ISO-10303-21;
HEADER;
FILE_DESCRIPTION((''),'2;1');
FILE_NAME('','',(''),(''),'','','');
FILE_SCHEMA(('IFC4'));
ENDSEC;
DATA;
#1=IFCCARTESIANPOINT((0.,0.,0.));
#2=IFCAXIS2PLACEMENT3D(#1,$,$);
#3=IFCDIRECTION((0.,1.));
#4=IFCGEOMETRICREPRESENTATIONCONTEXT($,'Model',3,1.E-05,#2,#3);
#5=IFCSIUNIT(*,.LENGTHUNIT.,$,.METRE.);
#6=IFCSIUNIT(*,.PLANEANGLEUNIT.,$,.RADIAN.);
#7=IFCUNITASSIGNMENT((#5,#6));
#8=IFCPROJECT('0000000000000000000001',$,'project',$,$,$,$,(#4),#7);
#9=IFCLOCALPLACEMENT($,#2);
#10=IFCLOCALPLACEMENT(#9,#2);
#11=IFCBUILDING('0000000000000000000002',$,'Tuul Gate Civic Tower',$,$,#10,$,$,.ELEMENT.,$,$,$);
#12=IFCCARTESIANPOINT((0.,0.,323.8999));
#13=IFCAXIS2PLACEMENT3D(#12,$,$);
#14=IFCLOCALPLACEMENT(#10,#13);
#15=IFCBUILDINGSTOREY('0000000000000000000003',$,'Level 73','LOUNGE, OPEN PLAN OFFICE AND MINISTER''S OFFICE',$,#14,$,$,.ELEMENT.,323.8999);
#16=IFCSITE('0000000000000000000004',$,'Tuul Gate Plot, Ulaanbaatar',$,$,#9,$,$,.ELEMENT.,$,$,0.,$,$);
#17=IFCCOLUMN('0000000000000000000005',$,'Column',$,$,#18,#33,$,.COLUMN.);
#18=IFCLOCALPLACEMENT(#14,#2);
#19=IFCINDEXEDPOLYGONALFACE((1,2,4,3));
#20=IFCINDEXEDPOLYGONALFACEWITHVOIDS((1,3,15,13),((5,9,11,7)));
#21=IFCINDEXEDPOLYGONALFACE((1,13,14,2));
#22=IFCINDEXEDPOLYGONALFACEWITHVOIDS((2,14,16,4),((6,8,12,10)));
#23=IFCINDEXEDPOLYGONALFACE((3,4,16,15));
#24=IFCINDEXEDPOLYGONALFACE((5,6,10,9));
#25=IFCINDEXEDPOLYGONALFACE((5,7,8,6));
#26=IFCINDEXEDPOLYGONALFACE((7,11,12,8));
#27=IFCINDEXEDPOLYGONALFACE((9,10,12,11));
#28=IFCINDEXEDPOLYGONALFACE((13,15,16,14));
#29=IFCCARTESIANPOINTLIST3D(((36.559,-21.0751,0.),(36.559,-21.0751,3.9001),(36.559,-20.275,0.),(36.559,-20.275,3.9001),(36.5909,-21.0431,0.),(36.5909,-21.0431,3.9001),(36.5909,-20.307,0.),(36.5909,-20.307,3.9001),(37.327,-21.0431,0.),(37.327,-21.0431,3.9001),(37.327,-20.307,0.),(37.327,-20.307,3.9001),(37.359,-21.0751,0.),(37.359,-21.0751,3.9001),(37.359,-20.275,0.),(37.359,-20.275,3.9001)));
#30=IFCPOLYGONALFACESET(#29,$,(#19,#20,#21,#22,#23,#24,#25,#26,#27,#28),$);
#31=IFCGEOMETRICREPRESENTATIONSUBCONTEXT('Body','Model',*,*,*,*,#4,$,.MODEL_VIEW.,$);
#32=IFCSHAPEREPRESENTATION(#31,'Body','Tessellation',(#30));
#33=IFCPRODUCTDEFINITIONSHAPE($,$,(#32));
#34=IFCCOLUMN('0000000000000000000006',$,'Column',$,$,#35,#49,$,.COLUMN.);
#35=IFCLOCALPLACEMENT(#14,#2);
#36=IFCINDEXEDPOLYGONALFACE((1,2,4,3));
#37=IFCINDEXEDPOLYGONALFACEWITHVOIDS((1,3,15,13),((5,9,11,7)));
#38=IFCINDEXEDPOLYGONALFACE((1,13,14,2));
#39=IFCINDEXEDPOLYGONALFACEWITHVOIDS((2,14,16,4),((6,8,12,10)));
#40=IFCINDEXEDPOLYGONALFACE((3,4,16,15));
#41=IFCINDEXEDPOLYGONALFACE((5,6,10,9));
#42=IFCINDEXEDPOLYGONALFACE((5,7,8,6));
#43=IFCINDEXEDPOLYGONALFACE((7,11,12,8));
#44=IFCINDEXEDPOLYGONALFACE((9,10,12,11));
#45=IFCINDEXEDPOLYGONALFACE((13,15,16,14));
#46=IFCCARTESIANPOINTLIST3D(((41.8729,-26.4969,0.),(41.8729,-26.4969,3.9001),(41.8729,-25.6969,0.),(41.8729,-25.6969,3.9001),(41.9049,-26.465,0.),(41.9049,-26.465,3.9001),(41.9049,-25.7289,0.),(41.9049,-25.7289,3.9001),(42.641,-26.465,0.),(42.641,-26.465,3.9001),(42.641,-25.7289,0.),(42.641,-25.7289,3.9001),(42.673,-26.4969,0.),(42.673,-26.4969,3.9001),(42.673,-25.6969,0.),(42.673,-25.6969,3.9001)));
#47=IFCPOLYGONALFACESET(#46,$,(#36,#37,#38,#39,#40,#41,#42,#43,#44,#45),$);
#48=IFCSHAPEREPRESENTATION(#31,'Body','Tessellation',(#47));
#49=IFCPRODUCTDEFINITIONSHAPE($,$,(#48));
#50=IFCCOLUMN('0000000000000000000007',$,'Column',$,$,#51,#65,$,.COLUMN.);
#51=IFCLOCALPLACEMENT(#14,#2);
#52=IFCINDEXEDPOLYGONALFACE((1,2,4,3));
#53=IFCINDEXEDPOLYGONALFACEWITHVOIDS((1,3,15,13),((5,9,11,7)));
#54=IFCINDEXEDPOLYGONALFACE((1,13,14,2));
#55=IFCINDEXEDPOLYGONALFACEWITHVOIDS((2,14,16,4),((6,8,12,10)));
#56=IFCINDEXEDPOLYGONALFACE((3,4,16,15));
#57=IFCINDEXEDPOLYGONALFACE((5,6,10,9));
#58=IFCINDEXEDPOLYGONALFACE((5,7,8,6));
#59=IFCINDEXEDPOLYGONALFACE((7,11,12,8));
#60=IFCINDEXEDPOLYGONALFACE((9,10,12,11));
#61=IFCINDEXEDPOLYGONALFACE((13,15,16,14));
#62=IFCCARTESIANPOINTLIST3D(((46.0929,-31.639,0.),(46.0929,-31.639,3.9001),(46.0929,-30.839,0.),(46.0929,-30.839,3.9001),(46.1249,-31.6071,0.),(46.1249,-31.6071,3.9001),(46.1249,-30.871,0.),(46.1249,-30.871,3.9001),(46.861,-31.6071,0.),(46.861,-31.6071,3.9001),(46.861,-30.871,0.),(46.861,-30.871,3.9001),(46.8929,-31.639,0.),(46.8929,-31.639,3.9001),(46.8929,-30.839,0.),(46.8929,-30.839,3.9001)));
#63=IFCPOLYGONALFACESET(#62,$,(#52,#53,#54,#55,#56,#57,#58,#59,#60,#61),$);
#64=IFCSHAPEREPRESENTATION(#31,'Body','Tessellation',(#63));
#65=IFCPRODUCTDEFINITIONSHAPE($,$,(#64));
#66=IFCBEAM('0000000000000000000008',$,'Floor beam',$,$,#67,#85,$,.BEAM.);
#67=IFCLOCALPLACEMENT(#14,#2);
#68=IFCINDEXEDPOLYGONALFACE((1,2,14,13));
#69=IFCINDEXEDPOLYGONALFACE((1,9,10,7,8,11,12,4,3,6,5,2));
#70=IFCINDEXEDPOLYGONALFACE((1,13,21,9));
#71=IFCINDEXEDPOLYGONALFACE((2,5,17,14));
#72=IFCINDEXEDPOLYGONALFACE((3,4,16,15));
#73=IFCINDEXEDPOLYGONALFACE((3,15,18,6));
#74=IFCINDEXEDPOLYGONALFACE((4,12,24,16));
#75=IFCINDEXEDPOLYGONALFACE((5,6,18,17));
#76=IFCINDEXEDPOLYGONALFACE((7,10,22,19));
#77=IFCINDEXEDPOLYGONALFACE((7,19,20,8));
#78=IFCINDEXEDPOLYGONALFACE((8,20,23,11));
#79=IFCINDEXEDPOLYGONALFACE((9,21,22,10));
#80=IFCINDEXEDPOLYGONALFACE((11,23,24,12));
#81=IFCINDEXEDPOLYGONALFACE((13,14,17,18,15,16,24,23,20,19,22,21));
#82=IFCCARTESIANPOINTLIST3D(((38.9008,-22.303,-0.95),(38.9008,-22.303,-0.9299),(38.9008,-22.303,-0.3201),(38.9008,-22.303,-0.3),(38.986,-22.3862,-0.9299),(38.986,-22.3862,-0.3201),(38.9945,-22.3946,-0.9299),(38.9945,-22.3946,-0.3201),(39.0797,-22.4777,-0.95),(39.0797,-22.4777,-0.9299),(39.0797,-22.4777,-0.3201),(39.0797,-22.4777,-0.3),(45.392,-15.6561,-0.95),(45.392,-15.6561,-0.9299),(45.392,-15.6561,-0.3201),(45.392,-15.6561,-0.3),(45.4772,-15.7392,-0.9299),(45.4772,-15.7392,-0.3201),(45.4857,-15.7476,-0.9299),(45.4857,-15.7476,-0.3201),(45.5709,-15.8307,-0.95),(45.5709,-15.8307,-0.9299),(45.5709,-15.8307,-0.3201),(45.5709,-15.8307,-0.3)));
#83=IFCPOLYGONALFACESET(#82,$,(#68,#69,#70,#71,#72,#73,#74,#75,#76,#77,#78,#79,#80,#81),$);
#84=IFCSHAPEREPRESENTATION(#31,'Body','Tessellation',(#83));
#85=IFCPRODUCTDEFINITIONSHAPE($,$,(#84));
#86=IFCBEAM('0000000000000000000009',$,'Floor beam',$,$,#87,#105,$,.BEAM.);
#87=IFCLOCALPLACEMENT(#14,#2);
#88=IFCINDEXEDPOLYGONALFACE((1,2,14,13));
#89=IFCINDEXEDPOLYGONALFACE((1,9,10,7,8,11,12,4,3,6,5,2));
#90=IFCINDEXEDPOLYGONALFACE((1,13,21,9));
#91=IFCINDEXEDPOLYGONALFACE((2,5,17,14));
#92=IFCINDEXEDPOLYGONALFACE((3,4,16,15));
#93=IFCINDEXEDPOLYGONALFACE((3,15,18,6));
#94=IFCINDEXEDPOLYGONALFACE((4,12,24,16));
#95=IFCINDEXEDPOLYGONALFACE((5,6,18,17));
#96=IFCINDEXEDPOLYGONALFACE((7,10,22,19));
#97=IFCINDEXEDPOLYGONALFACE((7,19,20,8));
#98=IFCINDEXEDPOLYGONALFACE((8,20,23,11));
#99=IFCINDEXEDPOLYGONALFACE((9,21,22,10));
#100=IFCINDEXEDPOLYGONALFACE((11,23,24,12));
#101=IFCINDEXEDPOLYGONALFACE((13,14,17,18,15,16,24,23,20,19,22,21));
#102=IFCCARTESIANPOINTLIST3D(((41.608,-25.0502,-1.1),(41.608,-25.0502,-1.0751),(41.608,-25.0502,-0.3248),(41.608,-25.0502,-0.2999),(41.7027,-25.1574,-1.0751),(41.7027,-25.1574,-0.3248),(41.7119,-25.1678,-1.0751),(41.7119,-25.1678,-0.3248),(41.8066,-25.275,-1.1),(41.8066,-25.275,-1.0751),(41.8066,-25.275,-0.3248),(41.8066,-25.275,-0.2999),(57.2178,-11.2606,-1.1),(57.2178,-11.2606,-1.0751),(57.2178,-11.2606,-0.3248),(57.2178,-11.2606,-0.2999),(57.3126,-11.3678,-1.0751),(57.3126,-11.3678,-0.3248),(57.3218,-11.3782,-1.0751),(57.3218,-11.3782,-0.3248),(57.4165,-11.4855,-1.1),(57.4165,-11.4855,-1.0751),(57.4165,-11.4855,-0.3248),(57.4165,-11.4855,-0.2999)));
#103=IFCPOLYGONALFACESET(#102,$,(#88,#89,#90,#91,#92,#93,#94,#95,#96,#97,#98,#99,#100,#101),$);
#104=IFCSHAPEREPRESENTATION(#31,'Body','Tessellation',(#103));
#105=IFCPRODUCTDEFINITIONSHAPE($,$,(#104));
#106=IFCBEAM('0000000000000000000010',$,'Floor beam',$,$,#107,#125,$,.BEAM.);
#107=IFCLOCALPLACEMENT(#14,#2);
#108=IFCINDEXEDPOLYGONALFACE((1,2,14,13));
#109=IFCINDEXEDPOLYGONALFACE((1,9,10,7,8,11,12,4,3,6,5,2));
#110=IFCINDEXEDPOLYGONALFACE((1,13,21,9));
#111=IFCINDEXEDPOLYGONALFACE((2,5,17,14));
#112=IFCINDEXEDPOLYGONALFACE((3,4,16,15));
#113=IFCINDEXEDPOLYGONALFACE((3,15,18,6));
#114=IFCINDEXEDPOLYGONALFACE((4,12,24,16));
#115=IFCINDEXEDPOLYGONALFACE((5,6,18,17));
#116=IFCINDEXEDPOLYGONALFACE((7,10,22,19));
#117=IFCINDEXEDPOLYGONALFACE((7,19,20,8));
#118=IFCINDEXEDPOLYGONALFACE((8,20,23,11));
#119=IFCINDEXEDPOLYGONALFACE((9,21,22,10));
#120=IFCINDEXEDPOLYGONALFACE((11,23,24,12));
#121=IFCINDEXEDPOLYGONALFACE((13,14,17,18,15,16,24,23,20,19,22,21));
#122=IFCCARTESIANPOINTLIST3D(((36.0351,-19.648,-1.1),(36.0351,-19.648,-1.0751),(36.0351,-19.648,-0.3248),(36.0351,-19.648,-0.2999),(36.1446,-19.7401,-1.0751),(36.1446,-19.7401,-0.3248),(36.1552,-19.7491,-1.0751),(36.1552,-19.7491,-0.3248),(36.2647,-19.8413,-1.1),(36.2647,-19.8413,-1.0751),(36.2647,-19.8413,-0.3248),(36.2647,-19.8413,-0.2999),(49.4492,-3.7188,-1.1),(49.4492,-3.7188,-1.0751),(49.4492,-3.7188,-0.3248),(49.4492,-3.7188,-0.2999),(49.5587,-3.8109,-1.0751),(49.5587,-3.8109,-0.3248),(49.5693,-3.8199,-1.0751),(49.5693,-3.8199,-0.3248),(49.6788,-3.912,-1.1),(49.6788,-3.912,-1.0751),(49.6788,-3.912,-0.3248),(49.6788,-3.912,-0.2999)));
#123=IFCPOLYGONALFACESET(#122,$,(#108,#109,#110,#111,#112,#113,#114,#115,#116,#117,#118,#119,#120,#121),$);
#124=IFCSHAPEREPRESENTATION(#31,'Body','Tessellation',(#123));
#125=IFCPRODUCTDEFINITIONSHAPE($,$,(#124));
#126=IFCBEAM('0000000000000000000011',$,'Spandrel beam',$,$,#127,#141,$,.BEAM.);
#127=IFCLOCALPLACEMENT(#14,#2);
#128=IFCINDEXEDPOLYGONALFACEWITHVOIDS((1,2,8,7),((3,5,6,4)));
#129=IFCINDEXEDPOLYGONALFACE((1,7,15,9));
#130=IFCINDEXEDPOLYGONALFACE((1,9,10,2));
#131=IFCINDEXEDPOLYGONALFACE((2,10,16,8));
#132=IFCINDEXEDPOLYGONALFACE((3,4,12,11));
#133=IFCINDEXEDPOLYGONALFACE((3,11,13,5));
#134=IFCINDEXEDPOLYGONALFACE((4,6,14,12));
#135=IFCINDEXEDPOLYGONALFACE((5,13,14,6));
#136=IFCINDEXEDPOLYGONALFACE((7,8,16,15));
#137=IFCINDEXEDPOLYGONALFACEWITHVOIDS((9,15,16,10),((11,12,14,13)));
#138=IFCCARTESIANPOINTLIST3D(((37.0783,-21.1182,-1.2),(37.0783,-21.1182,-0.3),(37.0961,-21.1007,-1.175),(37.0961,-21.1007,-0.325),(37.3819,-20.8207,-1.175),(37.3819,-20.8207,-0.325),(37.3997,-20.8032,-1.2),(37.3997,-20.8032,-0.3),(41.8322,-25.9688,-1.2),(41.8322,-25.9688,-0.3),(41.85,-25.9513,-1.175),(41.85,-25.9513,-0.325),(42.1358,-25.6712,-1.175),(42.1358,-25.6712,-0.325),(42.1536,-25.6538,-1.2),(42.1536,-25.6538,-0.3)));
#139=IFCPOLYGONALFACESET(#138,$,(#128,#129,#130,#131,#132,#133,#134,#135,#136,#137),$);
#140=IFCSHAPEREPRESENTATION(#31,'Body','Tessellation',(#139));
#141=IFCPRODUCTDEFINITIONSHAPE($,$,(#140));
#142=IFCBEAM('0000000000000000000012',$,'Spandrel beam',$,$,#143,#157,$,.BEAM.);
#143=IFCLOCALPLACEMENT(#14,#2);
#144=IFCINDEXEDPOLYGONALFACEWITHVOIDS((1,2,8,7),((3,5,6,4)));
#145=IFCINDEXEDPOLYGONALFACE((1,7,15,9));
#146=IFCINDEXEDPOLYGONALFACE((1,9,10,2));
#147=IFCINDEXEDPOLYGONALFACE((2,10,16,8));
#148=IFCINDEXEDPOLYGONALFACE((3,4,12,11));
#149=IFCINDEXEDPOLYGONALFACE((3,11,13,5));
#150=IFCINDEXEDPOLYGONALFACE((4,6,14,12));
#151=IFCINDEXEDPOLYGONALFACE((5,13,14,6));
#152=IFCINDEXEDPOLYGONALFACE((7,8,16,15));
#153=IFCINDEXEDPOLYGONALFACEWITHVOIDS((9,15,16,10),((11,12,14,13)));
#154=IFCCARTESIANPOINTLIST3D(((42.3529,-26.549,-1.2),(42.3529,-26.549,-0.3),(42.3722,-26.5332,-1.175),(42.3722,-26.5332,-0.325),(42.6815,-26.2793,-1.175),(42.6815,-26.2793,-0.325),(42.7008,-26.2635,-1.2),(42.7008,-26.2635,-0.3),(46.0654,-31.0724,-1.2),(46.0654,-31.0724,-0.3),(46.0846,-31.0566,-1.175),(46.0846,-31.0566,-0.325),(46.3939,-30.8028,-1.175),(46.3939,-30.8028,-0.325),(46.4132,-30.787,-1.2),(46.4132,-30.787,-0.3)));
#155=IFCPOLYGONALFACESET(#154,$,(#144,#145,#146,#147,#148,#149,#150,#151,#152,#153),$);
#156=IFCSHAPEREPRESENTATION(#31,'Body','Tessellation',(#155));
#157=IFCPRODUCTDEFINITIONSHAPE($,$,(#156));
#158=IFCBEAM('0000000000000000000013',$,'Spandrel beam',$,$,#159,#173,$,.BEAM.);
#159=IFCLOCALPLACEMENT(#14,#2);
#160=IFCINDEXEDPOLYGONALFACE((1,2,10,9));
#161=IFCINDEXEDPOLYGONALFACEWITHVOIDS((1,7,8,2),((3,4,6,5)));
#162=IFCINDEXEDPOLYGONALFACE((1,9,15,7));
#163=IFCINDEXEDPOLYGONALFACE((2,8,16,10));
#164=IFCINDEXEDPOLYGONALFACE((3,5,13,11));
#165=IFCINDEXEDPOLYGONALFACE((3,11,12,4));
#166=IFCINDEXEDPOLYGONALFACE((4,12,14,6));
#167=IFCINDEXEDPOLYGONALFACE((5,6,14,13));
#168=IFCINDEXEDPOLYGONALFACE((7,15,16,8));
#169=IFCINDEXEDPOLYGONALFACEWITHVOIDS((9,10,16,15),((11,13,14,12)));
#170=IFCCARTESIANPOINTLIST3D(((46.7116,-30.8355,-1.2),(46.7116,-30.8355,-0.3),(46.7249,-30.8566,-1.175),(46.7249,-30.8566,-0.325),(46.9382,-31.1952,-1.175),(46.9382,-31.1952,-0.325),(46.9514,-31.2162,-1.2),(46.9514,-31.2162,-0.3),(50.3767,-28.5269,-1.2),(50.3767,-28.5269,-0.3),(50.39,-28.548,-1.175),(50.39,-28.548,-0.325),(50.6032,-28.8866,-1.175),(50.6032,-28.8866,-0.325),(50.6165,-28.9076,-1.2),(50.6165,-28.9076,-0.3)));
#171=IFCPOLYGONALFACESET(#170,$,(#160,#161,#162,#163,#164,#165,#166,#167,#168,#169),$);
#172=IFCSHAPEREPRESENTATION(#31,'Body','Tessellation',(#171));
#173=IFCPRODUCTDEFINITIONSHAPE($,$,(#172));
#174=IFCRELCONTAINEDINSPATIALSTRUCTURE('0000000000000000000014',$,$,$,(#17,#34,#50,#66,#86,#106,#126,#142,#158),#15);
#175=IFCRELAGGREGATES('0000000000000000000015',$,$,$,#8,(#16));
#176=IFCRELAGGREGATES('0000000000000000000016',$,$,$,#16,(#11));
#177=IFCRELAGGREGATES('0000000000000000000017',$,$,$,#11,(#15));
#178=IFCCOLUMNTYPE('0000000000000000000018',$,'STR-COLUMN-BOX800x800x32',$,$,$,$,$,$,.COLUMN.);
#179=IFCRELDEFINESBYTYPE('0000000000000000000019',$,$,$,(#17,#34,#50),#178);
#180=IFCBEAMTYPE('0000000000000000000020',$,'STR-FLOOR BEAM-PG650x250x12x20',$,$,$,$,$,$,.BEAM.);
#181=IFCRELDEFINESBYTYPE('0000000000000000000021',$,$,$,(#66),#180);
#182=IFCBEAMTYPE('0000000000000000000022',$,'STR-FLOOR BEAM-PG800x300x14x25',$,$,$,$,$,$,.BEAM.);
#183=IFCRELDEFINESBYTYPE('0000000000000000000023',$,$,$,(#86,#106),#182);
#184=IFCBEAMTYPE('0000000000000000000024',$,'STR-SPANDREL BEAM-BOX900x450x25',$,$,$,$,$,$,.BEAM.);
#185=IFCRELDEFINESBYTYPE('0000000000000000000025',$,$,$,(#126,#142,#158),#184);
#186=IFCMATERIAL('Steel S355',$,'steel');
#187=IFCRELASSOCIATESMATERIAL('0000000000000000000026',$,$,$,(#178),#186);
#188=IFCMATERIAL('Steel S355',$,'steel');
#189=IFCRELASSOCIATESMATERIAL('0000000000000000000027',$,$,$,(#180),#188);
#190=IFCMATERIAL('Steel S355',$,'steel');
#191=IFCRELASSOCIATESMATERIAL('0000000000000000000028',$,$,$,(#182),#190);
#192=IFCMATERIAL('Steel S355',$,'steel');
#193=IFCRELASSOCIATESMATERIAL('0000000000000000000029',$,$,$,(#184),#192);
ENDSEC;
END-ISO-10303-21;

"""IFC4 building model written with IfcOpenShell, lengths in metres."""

from ifc_helpers import new_model, si_unit, direction, frame, origin, origin_2d, place, context, subcontext, project, spatial, hollow_rectangle, i_section, extrude, material, material_profile, profile_set, type_object, element, save


model = new_model("IFC4")

# Units and contexts
model_context = context("Model", 3, precision=1e-05, world=origin(), true_north=direction((0.0, 1.0)))
body_context = subcontext(model_context, "Body", "Model", "MODEL_VIEW")
ifc_project = project(units=[si_unit("LENGTHUNIT", "METRE"), si_unit("PLANEANGLEUNIT", "RADIAN")], contexts=[model_context])

# Site, building, storey
site_placement = place(None, origin())
site = spatial("IfcSite", under=ifc_project, at=site_placement, Name="Tuul Gate Plot, Ulaanbaatar", CompositionType="ELEMENT", RefElevation=0.0)
building_placement = place(site_placement, origin())
building = spatial("IfcBuilding", under=site, at=building_placement, Name="Tuul Gate Civic Tower", CompositionType="ELEMENT")
storey_placement = place(building_placement, frame((0.0, 0.0, 323.8999)))
storey = spatial("IfcBuildingStorey", under=building, at=storey_placement, Name="Level 73", Description="LOUNGE, OPEN PLAN OFFICE AND MINISTER'S OFFICE", CompositionType="ELEMENT", Elevation=323.8999)

# Columns
ifc_material_1 = material(Name="Steel S355", Category="steel")
ifc_material_profile_1 = material_profile(ifc_material_1, hollow_rectangle(XDim=0.8, YDim=0.8, WallThickness=0.032, at=origin_2d()), Name="BOX800x800x32")
ifc_profile_set_1 = profile_set([ifc_material_profile_1], Name="Steel S355")
column_type = type_object("IfcColumnType", Name="STR-COLUMN-BOX800x800x32", PredefinedType="COLUMN", material=ifc_profile_set_1)
for number, where, z_axis, x_axis, name in (
    (1, (36.959, -20.675, 0.0), (0.0, 0.0, 1.0), (1.0, 0.0, 0.0), "Column"),
    (2, (42.2729, -26.0969, 0.0), (0.0, 0.0, 1.0), (1.0, 0.0, 0.0), "Column"),
    (3, (46.4929, -31.239, 0.0), (0.0, 0.0, 1.0), (1.0, 0.0, 0.0), "Column"),
):
    element("IfcColumn", number, at=place(storey_placement, frame(where, z_axis=z_axis, x_axis=x_axis)), inside=storey, type_object=column_type, Name=name, PredefinedType="COLUMN", context=body_context, shape_type="SweptSolid", body=[
        extrude(hollow_rectangle(XDim=0.8, YDim=0.8, WallThickness=0.032, at=origin_2d()), origin(), (0.0, 0.0, 1.0), 3.9001),
    ])

# Beams
ifc_material_2 = material(Name="Steel S355", Category="steel")
ifc_material_profile_2 = material_profile(ifc_material_2, i_section(OverallWidth=0.25, OverallDepth=0.6499, WebThickness=0.012, FlangeThickness=0.02, at=origin_2d()), Name="PG650x250x12x20")
ifc_profile_set_2 = profile_set([ifc_material_profile_2], Name="Steel S355")
beam_type_1 = type_object("IfcBeamType", Name="STR-FLOOR BEAM-PG650x250x12x20", PredefinedType="BEAM", material=ifc_profile_set_2)
beam_1_placement = place(storey_placement, frame((38.9902, -22.3904, -0.625), z_axis=(0.698674, 0.71544, 0.0), x_axis=(-0.71544, 0.698674, 0.0)))
element("IfcBeam", 4, at=beam_1_placement, inside=storey, type_object=beam_type_1, Name="Floor beam", PredefinedType="BEAM", context=body_context, shape_type="SweptSolid", body=[
    extrude(i_section(OverallWidth=0.25, OverallDepth=0.6499, WebThickness=0.012, FlangeThickness=0.02, at=origin_2d()), origin(), (0.0, 0.0, 1.0), 9.2908),
])
ifc_material_3 = material(Name="Steel S355", Category="steel")
ifc_material_profile_3 = material_profile(ifc_material_3, i_section(OverallWidth=0.3, OverallDepth=0.8, WebThickness=0.0139, FlangeThickness=0.0249, at=origin_2d()), Name="PG800x300x14x25")
ifc_profile_set_3 = profile_set([ifc_material_profile_3], Name="Steel S355")
beam_type_2 = type_object("IfcBeamType", Name="STR-FLOOR BEAM-PG800x300x14x25", PredefinedType="BEAM", material=ifc_profile_set_3)
beam_2_placement = place(storey_placement, frame((41.7073, -25.1626, -0.7), z_axis=(0.749453, 0.662057, 0.0), x_axis=(-0.662057, 0.749453, 0.0)))
element("IfcBeam", 5, at=beam_2_placement, inside=storey, type_object=beam_type_2, Name="Floor beam", PredefinedType="BEAM", context=body_context, shape_type="SweptSolid", body=[
    extrude(i_section(OverallWidth=0.3, OverallDepth=0.8, WebThickness=0.0139, FlangeThickness=0.0249, at=origin_2d()), origin(), (0.0, 0.0, 1.0), 20.8284),
])
beam_3_placement = place(storey_placement, frame((36.1499, -19.7446, -0.7), z_axis=(0.644136, 0.764911, 0.0), x_axis=(-0.764911, 0.644136, 0.0)))
element("IfcBeam", 6, at=beam_3_placement, inside=storey, type_object=beam_type_2, Name="Floor beam", PredefinedType="BEAM", context=body_context, shape_type="SweptSolid", body=[
    extrude(i_section(OverallWidth=0.3, OverallDepth=0.8, WebThickness=0.0139, FlangeThickness=0.0249, at=origin_2d()), origin(), (0.0, 0.0, 1.0), 20.825),
])
ifc_material_4 = material(Name="Steel S355", Category="steel")
ifc_material_profile_4 = material_profile(ifc_material_4, hollow_rectangle(XDim=0.45, YDim=0.8999, WallThickness=0.0249, at=origin_2d()), Name="BOX900x450x25")
ifc_profile_set_4 = profile_set([ifc_material_profile_4], Name="Steel S355")
beam_type_3 = type_object("IfcBeamType", Name="STR-SPANDREL BEAM-BOX900x450x25", PredefinedType="BEAM", material=ifc_profile_set_4)
beam_4_placement = place(storey_placement, frame((37.239, -20.9607, -0.75), z_axis=(0.699954, -0.714188, 0.0), x_axis=(0.714188, 0.699954, 0.0)))
element("IfcBeam", 7, at=beam_4_placement, inside=storey, type_object=beam_type_3, Name="Spandrel beam", PredefinedType="BEAM", context=body_context, shape_type="SweptSolid", body=[
    extrude(hollow_rectangle(XDim=0.45, YDim=0.8999, WallThickness=0.0249, at=origin_2d()), origin(), (0.0, 0.0, 1.0), 6.7917),
])
beam_5_placement = place(storey_placement, frame((42.5269, -26.4062, -0.75), z_axis=(0.634405, -0.773001, 0.0), x_axis=(0.773001, 0.634405, 0.0)))
element("IfcBeam", 8, at=beam_5_placement, inside=storey, type_object=beam_type_3, Name="Spandrel beam", PredefinedType="BEAM", context=body_context, shape_type="SweptSolid", body=[
    extrude(hollow_rectangle(XDim=0.45, YDim=0.8999, WallThickness=0.0249, at=origin_2d()), origin(), (0.0, 0.0, 1.0), 5.8518),
])
beam_6_placement = place(storey_placement, frame((46.8315, -31.0259, -0.75), z_axis=(0.846131, 0.532975, 0.0), x_axis=(-0.532975, 0.846131, 0.0)))
element("IfcBeam", 9, at=beam_6_placement, inside=storey, type_object=beam_type_3, Name="Spandrel beam", PredefinedType="BEAM", context=body_context, shape_type="SweptSolid", body=[
    extrude(hollow_rectangle(XDim=0.45, YDim=0.8999, WallThickness=0.0249, at=origin_2d()), origin(), (0.0, 0.0, 1.0), 4.3315),
])

save(model, "model.ifc")
